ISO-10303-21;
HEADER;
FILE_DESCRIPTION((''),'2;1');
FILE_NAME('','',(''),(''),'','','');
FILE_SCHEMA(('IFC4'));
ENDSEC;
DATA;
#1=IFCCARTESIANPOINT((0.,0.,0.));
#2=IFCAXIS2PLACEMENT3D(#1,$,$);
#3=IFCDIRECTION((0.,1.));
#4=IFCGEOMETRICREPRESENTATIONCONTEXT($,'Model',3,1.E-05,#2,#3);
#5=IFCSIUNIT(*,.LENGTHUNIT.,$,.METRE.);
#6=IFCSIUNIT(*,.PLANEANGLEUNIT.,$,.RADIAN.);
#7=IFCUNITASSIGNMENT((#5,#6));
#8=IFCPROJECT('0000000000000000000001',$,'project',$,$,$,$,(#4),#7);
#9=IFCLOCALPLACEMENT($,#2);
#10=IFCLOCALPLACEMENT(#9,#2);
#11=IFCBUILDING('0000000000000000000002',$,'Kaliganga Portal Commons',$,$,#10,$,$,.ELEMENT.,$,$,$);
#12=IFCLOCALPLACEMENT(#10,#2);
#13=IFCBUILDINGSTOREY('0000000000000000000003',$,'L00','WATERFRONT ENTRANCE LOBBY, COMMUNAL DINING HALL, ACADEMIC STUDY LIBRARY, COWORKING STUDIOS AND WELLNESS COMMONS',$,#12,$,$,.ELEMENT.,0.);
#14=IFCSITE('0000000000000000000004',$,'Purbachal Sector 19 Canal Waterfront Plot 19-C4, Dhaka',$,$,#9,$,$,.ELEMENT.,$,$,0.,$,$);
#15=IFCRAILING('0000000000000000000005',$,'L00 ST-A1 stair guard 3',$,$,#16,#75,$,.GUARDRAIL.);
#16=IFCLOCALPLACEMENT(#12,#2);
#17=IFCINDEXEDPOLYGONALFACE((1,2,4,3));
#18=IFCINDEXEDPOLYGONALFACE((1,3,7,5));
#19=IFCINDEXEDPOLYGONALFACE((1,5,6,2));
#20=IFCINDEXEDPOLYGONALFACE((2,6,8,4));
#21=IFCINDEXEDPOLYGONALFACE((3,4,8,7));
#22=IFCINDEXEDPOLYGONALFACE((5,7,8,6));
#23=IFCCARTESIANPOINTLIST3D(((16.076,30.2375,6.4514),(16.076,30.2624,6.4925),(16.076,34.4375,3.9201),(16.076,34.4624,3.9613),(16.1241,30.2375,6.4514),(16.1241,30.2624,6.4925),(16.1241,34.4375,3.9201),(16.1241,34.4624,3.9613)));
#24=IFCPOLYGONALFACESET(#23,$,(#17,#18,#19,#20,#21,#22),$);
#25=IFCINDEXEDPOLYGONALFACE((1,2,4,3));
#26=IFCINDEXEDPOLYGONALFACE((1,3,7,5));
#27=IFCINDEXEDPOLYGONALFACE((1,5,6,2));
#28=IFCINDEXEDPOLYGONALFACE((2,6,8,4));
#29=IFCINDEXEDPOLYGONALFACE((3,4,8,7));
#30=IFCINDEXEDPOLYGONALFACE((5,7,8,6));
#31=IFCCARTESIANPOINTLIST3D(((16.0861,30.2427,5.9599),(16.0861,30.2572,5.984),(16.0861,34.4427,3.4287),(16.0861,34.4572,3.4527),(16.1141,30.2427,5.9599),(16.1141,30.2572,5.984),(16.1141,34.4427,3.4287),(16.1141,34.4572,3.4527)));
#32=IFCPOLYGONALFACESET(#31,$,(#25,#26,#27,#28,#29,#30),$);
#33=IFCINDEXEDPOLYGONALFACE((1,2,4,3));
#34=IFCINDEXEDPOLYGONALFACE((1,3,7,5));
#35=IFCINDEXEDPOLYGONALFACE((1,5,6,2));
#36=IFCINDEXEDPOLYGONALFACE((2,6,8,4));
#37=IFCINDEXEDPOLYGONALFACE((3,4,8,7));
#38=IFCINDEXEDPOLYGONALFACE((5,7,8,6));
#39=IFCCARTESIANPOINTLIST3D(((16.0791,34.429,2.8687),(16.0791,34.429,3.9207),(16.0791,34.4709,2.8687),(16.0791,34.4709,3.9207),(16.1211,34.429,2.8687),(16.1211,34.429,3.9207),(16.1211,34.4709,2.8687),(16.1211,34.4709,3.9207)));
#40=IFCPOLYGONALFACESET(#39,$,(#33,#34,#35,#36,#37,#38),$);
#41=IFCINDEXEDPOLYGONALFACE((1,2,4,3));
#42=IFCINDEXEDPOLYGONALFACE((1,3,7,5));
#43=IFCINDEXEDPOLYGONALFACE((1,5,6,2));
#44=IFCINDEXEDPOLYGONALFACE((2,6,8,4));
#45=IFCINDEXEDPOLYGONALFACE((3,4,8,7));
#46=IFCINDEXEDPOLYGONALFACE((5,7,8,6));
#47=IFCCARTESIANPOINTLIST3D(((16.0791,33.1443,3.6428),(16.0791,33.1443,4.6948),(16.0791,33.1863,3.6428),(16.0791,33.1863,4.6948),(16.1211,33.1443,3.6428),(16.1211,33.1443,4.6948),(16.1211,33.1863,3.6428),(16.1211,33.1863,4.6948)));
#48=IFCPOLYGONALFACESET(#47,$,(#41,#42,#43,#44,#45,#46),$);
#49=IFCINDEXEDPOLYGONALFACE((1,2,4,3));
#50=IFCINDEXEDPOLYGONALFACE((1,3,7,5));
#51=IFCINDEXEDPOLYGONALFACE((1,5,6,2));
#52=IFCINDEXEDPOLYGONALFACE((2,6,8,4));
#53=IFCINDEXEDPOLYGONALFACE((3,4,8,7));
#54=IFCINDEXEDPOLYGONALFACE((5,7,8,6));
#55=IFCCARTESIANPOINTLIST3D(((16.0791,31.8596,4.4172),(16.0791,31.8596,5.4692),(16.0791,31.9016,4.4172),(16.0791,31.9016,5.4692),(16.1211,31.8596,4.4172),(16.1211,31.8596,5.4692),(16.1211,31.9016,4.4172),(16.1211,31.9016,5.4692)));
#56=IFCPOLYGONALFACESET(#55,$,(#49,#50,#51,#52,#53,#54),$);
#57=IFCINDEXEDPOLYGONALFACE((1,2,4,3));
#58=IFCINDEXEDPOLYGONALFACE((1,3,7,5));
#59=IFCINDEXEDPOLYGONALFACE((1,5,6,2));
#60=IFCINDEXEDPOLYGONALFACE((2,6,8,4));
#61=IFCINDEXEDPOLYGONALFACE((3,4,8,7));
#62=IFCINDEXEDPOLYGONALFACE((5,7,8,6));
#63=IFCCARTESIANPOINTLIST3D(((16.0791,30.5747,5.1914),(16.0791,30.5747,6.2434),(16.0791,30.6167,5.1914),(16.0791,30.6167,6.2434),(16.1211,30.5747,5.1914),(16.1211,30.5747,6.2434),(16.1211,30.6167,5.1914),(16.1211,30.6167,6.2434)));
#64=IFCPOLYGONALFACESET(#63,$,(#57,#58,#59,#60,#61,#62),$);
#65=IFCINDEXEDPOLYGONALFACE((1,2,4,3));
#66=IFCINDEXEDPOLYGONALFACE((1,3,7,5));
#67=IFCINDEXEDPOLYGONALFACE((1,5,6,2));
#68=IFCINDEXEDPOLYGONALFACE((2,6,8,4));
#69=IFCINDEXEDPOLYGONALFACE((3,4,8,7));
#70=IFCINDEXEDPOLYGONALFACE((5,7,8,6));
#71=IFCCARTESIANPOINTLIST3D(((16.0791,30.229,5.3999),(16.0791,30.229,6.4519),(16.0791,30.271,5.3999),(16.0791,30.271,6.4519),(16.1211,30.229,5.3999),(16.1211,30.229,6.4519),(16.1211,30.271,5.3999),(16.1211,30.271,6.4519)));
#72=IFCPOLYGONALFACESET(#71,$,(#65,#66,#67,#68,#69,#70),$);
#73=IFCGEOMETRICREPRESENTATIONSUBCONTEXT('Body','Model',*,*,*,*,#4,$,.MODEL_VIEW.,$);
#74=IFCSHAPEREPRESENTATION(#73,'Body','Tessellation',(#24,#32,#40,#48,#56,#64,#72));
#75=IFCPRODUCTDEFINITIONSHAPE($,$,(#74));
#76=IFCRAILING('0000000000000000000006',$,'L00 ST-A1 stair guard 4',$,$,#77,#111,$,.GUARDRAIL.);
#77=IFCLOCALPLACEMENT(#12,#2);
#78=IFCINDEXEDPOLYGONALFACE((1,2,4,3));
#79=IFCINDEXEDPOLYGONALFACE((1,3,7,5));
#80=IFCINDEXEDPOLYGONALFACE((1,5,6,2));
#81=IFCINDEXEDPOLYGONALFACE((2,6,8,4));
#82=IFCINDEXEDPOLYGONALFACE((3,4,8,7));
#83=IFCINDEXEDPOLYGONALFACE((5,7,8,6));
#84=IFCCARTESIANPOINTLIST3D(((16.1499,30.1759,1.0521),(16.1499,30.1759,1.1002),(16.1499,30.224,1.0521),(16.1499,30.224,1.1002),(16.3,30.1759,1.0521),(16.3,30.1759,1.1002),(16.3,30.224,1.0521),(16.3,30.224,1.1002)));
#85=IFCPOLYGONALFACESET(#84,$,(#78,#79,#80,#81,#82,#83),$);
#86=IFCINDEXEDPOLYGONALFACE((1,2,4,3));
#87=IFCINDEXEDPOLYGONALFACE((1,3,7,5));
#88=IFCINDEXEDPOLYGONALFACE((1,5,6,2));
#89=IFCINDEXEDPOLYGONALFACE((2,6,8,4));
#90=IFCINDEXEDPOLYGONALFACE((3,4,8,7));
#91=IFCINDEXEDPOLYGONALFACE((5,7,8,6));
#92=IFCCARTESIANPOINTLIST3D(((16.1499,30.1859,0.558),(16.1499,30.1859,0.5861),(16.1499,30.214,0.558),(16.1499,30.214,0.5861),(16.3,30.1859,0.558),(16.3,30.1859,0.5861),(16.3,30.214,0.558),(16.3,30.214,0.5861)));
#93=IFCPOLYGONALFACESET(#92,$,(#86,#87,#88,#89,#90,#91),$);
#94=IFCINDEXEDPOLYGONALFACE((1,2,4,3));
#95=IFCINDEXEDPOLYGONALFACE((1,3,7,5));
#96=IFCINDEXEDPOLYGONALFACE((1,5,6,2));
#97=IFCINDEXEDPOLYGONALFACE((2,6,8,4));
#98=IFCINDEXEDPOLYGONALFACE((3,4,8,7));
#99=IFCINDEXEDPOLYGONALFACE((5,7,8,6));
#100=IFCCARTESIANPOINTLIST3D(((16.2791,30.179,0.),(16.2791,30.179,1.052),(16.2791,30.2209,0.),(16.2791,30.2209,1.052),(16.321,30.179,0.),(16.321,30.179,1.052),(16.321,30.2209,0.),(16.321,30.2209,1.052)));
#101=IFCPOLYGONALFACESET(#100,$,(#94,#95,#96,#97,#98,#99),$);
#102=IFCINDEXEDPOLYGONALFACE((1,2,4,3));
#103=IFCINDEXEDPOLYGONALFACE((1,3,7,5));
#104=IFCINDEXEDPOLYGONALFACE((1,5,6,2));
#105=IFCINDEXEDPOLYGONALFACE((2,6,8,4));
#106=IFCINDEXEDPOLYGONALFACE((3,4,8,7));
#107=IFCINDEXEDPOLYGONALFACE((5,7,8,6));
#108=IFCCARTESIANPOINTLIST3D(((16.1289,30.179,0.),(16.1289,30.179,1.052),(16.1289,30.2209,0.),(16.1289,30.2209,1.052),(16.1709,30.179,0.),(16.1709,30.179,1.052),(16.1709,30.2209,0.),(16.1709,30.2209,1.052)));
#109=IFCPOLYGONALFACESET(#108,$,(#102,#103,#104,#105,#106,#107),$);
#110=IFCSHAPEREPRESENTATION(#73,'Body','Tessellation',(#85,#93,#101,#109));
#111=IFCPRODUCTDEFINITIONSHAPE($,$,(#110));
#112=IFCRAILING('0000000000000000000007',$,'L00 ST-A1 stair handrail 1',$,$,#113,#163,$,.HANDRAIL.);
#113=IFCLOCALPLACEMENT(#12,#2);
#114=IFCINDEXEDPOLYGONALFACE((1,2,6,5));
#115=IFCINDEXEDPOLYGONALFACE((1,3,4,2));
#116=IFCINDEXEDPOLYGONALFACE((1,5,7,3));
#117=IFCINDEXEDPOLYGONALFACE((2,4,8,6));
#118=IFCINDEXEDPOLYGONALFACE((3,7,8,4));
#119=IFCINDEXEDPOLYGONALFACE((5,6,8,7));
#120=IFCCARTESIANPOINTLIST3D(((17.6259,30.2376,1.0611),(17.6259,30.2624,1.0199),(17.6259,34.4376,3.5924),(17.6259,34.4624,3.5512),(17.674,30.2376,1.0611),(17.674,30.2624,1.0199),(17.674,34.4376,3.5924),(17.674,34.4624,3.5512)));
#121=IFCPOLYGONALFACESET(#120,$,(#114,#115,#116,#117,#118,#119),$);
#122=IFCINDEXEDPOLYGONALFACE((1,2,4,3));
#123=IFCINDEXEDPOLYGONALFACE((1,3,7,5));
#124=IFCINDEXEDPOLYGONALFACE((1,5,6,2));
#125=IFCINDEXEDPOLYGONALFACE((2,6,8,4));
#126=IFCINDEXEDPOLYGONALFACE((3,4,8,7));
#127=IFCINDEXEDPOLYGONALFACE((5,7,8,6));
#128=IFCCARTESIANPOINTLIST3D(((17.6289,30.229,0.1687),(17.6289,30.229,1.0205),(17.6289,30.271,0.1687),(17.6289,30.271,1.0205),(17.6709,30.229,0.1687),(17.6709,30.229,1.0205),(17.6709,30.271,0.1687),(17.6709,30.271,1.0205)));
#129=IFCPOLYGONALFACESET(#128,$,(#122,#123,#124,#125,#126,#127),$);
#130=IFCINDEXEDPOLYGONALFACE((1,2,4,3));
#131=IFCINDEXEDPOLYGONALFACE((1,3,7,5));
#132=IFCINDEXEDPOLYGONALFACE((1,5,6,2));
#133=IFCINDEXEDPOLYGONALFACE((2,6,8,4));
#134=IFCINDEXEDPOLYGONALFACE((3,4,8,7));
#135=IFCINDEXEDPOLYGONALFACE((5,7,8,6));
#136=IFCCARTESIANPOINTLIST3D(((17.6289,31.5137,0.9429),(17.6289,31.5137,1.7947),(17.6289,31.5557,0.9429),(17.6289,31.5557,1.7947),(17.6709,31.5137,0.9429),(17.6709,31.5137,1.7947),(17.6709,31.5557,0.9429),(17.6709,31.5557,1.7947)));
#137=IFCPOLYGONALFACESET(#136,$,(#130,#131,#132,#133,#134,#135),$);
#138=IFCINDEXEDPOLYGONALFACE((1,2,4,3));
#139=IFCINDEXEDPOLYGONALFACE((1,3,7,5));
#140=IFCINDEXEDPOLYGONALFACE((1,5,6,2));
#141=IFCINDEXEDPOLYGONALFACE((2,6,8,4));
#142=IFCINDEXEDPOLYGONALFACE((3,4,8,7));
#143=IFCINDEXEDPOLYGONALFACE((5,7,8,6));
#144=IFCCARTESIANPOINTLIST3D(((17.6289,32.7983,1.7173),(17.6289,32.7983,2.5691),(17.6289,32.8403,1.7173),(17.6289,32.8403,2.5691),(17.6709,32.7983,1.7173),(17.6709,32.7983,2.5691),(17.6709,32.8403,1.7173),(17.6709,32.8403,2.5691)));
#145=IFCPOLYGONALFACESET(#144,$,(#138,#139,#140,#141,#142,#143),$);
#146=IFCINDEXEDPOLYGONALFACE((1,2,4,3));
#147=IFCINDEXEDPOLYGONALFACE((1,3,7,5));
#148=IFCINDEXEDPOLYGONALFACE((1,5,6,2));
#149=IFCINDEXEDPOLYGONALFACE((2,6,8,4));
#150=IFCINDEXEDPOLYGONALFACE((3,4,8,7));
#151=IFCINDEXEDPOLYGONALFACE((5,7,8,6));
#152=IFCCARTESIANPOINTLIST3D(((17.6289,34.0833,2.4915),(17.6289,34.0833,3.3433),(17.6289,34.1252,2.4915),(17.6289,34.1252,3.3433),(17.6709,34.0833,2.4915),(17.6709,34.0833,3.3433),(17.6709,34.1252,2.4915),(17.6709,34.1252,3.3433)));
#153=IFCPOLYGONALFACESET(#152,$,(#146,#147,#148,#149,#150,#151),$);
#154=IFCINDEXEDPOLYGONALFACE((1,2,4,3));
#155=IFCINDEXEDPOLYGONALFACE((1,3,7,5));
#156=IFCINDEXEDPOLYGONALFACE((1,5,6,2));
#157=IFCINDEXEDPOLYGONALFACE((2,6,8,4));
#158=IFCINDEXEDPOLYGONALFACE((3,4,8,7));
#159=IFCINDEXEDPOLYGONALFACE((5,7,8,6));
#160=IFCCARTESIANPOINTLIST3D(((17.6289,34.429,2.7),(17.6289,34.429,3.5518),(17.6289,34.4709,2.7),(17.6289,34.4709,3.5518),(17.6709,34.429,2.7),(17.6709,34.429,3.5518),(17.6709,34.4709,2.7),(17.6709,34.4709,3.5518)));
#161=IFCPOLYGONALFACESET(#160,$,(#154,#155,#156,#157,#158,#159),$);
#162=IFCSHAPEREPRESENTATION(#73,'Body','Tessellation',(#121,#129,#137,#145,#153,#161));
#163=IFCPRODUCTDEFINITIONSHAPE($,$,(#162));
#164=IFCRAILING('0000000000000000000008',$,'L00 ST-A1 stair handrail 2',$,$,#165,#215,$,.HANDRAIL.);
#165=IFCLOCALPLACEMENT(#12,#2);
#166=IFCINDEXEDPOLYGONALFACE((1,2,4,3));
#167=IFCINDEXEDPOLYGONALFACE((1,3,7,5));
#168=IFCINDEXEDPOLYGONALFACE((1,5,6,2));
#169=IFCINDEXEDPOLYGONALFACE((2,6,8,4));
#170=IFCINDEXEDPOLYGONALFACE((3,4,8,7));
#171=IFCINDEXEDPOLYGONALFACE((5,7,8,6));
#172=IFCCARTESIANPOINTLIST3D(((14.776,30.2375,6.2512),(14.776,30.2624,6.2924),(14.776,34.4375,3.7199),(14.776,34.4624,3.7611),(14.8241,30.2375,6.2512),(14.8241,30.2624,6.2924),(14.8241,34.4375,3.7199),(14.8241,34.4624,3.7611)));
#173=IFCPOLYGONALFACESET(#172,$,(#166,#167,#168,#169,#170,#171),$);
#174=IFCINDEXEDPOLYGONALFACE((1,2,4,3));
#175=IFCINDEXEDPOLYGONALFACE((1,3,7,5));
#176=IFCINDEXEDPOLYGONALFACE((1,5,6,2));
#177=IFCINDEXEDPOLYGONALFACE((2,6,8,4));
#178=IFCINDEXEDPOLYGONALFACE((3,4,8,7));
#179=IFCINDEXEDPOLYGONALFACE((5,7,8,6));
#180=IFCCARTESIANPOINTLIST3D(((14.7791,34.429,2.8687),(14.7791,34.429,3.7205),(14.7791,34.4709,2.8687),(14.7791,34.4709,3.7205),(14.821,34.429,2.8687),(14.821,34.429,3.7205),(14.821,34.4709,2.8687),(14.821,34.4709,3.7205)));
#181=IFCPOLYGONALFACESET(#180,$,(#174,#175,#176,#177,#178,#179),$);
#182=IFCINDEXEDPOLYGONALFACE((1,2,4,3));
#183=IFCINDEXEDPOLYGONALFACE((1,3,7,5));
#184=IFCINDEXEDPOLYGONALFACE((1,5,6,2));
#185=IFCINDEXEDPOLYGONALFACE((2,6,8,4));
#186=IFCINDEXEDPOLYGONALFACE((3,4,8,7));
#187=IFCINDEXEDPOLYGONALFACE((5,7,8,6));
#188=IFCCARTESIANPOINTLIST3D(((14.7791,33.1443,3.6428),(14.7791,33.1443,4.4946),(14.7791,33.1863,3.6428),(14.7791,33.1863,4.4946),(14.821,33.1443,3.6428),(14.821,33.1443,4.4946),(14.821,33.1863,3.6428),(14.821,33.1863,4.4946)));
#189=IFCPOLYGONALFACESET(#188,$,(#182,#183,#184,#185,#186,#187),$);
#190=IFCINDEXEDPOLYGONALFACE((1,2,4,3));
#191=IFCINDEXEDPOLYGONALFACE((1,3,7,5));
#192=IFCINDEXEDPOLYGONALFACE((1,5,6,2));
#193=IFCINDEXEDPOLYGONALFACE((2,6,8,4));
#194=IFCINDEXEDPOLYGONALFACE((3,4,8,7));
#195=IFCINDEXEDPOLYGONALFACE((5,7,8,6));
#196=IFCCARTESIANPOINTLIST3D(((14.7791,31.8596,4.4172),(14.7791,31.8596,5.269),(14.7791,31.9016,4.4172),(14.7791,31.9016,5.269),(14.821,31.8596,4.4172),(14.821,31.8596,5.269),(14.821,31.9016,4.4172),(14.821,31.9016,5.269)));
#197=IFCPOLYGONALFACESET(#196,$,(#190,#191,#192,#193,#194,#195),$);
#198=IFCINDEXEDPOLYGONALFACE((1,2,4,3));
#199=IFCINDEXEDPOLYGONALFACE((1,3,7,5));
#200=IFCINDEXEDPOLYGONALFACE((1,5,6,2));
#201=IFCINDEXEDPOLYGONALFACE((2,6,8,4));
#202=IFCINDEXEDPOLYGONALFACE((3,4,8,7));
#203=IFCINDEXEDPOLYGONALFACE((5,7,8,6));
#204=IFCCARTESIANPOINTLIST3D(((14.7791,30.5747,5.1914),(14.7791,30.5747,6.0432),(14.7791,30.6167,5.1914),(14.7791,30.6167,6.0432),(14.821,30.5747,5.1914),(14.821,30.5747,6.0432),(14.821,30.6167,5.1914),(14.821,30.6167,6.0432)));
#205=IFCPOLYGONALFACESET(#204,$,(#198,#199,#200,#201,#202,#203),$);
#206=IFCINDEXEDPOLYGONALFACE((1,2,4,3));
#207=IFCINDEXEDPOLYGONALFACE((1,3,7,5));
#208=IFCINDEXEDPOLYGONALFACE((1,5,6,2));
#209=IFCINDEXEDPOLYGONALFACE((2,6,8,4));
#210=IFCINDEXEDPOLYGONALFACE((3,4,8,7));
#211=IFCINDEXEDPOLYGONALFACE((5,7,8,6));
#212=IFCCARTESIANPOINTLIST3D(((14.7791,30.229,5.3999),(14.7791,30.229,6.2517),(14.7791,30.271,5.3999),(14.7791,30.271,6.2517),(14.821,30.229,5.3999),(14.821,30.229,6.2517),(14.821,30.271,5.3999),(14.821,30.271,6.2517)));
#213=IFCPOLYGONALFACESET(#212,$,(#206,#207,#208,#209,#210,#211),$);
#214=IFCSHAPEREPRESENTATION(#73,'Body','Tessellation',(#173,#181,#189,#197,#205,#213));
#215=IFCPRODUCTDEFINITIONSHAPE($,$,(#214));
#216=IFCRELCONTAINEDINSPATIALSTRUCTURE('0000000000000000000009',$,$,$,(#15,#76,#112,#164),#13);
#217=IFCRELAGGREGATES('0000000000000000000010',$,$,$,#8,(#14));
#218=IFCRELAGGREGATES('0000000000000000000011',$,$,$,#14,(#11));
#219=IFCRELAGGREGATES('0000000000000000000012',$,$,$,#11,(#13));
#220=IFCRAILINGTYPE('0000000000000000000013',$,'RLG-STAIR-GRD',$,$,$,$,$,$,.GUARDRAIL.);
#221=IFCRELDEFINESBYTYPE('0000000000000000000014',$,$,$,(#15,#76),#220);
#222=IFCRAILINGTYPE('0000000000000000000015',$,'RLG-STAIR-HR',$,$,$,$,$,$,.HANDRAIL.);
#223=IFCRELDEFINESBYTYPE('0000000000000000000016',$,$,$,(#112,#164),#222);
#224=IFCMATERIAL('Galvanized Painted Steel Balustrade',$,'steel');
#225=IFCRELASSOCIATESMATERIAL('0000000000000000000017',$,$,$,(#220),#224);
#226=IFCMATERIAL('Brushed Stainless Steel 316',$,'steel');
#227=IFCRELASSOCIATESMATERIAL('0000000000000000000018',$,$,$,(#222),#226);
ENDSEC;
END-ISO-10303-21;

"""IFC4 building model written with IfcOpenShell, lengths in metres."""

from ifc_helpers import new_model, si_unit, direction, frame, origin, origin_2d, place, context, subcontext, project, spatial, rectangle, extrude, material, type_object, element, save


model = new_model("IFC4")

# Units and contexts
model_context = context("Model", 3, precision=1e-05, world=origin(), true_north=direction((0.0, 1.0)))
body_context = subcontext(model_context, "Body", "Model", "MODEL_VIEW")
ifc_project = project(units=[si_unit("LENGTHUNIT", "METRE"), si_unit("PLANEANGLEUNIT", "RADIAN")], contexts=[model_context])

# Site, building, storey
site_placement = place(None, origin())
site = spatial("IfcSite", under=ifc_project, at=site_placement, Name="Purbachal Sector 19 Canal Waterfront Plot 19-C4, Dhaka", CompositionType="ELEMENT", RefElevation=0.0)
building_placement = place(site_placement, origin())
building = spatial("IfcBuilding", under=site, at=building_placement, Name="Kaliganga Portal Commons", CompositionType="ELEMENT")
storey_placement = place(building_placement, origin())
storey = spatial("IfcBuildingStorey", under=building, at=storey_placement, Name="L00", Description="WATERFRONT ENTRANCE LOBBY, COMMUNAL DINING HALL, ACADEMIC STUDY LIBRARY, COWORKING STUDIOS AND WELLNESS COMMONS", CompositionType="ELEMENT", Elevation=0.0)

# Railings
ifc_material_1 = material(Name="Galvanized Painted Steel Balustrade", Category="steel")
railing_type_1 = type_object("IfcRailingType", Name="RLG-STAIR-GRD", PredefinedType="GUARDRAIL", material=ifc_material_1)
railing_1_placement = place(storey_placement, frame((16.1001, 34.45, 2.8687)))
element("IfcRailing", 1, at=railing_1_placement, inside=storey, type_object=railing_type_1, Name="L00 ST-A1 stair guard 3", PredefinedType="GUARDRAIL", context=body_context, shape_type="SweptSolid", body=[
    extrude(rectangle(XDim=0.0481, YDim=0.0481, at=origin_2d()), frame((0.0, 0.0, 1.072), z_axis=(0.0, -0.856476, 0.516186), x_axis=(1.0, 0.0, 0.0)), (0.0, 0.0, 1.0), 4.9038),
    extrude(rectangle(XDim=0.0281, YDim=0.0281, at=origin_2d()), frame((0.0, 0.0, 0.572), z_axis=(0.0, -0.856476, 0.516186), x_axis=(1.0, 0.0, 0.0)), (0.0, 0.0, 1.0), 4.9038),
    extrude(rectangle(XDim=0.042, YDim=0.042, at=origin_2d()), origin(), (0.0, 0.0, 1.0), 1.052),
    extrude(rectangle(XDim=0.042, YDim=0.042, at=origin_2d()), frame((0.0, -1.2847, 0.7742)), (0.0, 0.0, 1.0), 1.052),
    extrude(rectangle(XDim=0.042, YDim=0.042, at=origin_2d()), frame((0.0, -2.5693, 1.5486)), (0.0, 0.0, 1.0), 1.052),
    extrude(rectangle(XDim=0.042, YDim=0.042, at=origin_2d()), frame((0.0, -3.8542, 2.3228)), (0.0, 0.0, 1.0), 1.052),
    extrude(rectangle(XDim=0.042, YDim=0.042, at=origin_2d()), frame((0.0, -4.2, 2.5312)), (0.0, 0.0, 1.0), 1.052),
])
railing_2_placement = place(storey_placement, frame((16.3, 30.2, 0.0)))
element("IfcRailing", 2, at=railing_2_placement, inside=storey, type_object=railing_type_1, Name="L00 ST-A1 stair guard 4", PredefinedType="GUARDRAIL", context=body_context, shape_type="SweptSolid", body=[
    extrude(rectangle(XDim=0.0481, YDim=0.0481, at=origin_2d()), frame((0.0, 0.0, 1.0762), z_axis=(-1.0, 0.0, 0.0), x_axis=(0.0, -1.0, 0.0)), (0.0, 0.0, 1.0), 0.1501),
    extrude(rectangle(XDim=0.0281, YDim=0.0281, at=origin_2d()), frame((0.0, 0.0, 0.572), z_axis=(-1.0, 0.0, 0.0), x_axis=(0.0, -1.0, 0.0)), (0.0, 0.0, 1.0), 0.1501),
    extrude(rectangle(XDim=0.042, YDim=0.042, at=origin_2d()), origin(), (0.0, 0.0, 1.0), 1.052),
    extrude(rectangle(XDim=0.042, YDim=0.042, at=origin_2d()), frame((-0.1501, 0.0, 0.0)), (0.0, 0.0, 1.0), 1.052),
])
ifc_material_2 = material(Name="Brushed Stainless Steel 316", Category="steel")
railing_type_2 = type_object("IfcRailingType", Name="RLG-STAIR-HR", PredefinedType="HANDRAIL", material=ifc_material_2)
railing_3_placement = place(storey_placement, frame((17.6499, 30.25, 0.1687)))
element("IfcRailing", 3, at=railing_3_placement, inside=storey, type_object=railing_type_2, Name="L00 ST-A1 stair handrail 1", PredefinedType="HANDRAIL", context=body_context, shape_type="SweptSolid", body=[
    extrude(rectangle(XDim=0.0481, YDim=0.0481, at=origin_2d()), frame((0.0, 0.0, 0.8718), z_axis=(0.0, 0.856476, 0.516186), x_axis=(-1.0, 0.0, 0.0)), (0.0, 0.0, 1.0), 4.9038),
    extrude(rectangle(XDim=0.042, YDim=0.042, at=origin_2d()), origin(), (0.0, 0.0, 1.0), 0.8518),
    extrude(rectangle(XDim=0.042, YDim=0.042, at=origin_2d()), frame((0.0, 1.2847, 0.7742)), (0.0, 0.0, 1.0), 0.8518),
    extrude(rectangle(XDim=0.042, YDim=0.042, at=origin_2d()), frame((0.0, 2.5693, 1.5486)), (0.0, 0.0, 1.0), 0.8518),
    extrude(rectangle(XDim=0.042, YDim=0.042, at=origin_2d()), frame((0.0, 3.8542, 2.3228)), (0.0, 0.0, 1.0), 0.8518),
    extrude(rectangle(XDim=0.042, YDim=0.042, at=origin_2d()), frame((0.0, 4.2, 2.5312)), (0.0, 0.0, 1.0), 0.8518),
])
railing_4_placement = place(storey_placement, frame((14.8, 34.45, 2.8687)))
element("IfcRailing", 4, at=railing_4_placement, inside=storey, type_object=railing_type_2, Name="L00 ST-A1 stair handrail 2", PredefinedType="HANDRAIL", context=body_context, shape_type="SweptSolid", body=[
    extrude(rectangle(XDim=0.0481, YDim=0.0481, at=origin_2d()), frame((0.0, 0.0, 0.8718), z_axis=(0.0, -0.856476, 0.516186), x_axis=(1.0, 0.0, 0.0)), (0.0, 0.0, 1.0), 4.9038),
    extrude(rectangle(XDim=0.042, YDim=0.042, at=origin_2d()), origin(), (0.0, 0.0, 1.0), 0.8518),
    extrude(rectangle(XDim=0.042, YDim=0.042, at=origin_2d()), frame((0.0, -1.2847, 0.7742)), (0.0, 0.0, 1.0), 0.8518),
    extrude(rectangle(XDim=0.042, YDim=0.042, at=origin_2d()), frame((0.0, -2.5693, 1.5486)), (0.0, 0.0, 1.0), 0.8518),
    extrude(rectangle(XDim=0.042, YDim=0.042, at=origin_2d()), frame((0.0, -3.8542, 2.3228)), (0.0, 0.0, 1.0), 0.8518),
    extrude(rectangle(XDim=0.042, YDim=0.042, at=origin_2d()), frame((0.0, -4.2, 2.5312)), (0.0, 0.0, 1.0), 0.8518),
])

save(model, "model.ifc")
